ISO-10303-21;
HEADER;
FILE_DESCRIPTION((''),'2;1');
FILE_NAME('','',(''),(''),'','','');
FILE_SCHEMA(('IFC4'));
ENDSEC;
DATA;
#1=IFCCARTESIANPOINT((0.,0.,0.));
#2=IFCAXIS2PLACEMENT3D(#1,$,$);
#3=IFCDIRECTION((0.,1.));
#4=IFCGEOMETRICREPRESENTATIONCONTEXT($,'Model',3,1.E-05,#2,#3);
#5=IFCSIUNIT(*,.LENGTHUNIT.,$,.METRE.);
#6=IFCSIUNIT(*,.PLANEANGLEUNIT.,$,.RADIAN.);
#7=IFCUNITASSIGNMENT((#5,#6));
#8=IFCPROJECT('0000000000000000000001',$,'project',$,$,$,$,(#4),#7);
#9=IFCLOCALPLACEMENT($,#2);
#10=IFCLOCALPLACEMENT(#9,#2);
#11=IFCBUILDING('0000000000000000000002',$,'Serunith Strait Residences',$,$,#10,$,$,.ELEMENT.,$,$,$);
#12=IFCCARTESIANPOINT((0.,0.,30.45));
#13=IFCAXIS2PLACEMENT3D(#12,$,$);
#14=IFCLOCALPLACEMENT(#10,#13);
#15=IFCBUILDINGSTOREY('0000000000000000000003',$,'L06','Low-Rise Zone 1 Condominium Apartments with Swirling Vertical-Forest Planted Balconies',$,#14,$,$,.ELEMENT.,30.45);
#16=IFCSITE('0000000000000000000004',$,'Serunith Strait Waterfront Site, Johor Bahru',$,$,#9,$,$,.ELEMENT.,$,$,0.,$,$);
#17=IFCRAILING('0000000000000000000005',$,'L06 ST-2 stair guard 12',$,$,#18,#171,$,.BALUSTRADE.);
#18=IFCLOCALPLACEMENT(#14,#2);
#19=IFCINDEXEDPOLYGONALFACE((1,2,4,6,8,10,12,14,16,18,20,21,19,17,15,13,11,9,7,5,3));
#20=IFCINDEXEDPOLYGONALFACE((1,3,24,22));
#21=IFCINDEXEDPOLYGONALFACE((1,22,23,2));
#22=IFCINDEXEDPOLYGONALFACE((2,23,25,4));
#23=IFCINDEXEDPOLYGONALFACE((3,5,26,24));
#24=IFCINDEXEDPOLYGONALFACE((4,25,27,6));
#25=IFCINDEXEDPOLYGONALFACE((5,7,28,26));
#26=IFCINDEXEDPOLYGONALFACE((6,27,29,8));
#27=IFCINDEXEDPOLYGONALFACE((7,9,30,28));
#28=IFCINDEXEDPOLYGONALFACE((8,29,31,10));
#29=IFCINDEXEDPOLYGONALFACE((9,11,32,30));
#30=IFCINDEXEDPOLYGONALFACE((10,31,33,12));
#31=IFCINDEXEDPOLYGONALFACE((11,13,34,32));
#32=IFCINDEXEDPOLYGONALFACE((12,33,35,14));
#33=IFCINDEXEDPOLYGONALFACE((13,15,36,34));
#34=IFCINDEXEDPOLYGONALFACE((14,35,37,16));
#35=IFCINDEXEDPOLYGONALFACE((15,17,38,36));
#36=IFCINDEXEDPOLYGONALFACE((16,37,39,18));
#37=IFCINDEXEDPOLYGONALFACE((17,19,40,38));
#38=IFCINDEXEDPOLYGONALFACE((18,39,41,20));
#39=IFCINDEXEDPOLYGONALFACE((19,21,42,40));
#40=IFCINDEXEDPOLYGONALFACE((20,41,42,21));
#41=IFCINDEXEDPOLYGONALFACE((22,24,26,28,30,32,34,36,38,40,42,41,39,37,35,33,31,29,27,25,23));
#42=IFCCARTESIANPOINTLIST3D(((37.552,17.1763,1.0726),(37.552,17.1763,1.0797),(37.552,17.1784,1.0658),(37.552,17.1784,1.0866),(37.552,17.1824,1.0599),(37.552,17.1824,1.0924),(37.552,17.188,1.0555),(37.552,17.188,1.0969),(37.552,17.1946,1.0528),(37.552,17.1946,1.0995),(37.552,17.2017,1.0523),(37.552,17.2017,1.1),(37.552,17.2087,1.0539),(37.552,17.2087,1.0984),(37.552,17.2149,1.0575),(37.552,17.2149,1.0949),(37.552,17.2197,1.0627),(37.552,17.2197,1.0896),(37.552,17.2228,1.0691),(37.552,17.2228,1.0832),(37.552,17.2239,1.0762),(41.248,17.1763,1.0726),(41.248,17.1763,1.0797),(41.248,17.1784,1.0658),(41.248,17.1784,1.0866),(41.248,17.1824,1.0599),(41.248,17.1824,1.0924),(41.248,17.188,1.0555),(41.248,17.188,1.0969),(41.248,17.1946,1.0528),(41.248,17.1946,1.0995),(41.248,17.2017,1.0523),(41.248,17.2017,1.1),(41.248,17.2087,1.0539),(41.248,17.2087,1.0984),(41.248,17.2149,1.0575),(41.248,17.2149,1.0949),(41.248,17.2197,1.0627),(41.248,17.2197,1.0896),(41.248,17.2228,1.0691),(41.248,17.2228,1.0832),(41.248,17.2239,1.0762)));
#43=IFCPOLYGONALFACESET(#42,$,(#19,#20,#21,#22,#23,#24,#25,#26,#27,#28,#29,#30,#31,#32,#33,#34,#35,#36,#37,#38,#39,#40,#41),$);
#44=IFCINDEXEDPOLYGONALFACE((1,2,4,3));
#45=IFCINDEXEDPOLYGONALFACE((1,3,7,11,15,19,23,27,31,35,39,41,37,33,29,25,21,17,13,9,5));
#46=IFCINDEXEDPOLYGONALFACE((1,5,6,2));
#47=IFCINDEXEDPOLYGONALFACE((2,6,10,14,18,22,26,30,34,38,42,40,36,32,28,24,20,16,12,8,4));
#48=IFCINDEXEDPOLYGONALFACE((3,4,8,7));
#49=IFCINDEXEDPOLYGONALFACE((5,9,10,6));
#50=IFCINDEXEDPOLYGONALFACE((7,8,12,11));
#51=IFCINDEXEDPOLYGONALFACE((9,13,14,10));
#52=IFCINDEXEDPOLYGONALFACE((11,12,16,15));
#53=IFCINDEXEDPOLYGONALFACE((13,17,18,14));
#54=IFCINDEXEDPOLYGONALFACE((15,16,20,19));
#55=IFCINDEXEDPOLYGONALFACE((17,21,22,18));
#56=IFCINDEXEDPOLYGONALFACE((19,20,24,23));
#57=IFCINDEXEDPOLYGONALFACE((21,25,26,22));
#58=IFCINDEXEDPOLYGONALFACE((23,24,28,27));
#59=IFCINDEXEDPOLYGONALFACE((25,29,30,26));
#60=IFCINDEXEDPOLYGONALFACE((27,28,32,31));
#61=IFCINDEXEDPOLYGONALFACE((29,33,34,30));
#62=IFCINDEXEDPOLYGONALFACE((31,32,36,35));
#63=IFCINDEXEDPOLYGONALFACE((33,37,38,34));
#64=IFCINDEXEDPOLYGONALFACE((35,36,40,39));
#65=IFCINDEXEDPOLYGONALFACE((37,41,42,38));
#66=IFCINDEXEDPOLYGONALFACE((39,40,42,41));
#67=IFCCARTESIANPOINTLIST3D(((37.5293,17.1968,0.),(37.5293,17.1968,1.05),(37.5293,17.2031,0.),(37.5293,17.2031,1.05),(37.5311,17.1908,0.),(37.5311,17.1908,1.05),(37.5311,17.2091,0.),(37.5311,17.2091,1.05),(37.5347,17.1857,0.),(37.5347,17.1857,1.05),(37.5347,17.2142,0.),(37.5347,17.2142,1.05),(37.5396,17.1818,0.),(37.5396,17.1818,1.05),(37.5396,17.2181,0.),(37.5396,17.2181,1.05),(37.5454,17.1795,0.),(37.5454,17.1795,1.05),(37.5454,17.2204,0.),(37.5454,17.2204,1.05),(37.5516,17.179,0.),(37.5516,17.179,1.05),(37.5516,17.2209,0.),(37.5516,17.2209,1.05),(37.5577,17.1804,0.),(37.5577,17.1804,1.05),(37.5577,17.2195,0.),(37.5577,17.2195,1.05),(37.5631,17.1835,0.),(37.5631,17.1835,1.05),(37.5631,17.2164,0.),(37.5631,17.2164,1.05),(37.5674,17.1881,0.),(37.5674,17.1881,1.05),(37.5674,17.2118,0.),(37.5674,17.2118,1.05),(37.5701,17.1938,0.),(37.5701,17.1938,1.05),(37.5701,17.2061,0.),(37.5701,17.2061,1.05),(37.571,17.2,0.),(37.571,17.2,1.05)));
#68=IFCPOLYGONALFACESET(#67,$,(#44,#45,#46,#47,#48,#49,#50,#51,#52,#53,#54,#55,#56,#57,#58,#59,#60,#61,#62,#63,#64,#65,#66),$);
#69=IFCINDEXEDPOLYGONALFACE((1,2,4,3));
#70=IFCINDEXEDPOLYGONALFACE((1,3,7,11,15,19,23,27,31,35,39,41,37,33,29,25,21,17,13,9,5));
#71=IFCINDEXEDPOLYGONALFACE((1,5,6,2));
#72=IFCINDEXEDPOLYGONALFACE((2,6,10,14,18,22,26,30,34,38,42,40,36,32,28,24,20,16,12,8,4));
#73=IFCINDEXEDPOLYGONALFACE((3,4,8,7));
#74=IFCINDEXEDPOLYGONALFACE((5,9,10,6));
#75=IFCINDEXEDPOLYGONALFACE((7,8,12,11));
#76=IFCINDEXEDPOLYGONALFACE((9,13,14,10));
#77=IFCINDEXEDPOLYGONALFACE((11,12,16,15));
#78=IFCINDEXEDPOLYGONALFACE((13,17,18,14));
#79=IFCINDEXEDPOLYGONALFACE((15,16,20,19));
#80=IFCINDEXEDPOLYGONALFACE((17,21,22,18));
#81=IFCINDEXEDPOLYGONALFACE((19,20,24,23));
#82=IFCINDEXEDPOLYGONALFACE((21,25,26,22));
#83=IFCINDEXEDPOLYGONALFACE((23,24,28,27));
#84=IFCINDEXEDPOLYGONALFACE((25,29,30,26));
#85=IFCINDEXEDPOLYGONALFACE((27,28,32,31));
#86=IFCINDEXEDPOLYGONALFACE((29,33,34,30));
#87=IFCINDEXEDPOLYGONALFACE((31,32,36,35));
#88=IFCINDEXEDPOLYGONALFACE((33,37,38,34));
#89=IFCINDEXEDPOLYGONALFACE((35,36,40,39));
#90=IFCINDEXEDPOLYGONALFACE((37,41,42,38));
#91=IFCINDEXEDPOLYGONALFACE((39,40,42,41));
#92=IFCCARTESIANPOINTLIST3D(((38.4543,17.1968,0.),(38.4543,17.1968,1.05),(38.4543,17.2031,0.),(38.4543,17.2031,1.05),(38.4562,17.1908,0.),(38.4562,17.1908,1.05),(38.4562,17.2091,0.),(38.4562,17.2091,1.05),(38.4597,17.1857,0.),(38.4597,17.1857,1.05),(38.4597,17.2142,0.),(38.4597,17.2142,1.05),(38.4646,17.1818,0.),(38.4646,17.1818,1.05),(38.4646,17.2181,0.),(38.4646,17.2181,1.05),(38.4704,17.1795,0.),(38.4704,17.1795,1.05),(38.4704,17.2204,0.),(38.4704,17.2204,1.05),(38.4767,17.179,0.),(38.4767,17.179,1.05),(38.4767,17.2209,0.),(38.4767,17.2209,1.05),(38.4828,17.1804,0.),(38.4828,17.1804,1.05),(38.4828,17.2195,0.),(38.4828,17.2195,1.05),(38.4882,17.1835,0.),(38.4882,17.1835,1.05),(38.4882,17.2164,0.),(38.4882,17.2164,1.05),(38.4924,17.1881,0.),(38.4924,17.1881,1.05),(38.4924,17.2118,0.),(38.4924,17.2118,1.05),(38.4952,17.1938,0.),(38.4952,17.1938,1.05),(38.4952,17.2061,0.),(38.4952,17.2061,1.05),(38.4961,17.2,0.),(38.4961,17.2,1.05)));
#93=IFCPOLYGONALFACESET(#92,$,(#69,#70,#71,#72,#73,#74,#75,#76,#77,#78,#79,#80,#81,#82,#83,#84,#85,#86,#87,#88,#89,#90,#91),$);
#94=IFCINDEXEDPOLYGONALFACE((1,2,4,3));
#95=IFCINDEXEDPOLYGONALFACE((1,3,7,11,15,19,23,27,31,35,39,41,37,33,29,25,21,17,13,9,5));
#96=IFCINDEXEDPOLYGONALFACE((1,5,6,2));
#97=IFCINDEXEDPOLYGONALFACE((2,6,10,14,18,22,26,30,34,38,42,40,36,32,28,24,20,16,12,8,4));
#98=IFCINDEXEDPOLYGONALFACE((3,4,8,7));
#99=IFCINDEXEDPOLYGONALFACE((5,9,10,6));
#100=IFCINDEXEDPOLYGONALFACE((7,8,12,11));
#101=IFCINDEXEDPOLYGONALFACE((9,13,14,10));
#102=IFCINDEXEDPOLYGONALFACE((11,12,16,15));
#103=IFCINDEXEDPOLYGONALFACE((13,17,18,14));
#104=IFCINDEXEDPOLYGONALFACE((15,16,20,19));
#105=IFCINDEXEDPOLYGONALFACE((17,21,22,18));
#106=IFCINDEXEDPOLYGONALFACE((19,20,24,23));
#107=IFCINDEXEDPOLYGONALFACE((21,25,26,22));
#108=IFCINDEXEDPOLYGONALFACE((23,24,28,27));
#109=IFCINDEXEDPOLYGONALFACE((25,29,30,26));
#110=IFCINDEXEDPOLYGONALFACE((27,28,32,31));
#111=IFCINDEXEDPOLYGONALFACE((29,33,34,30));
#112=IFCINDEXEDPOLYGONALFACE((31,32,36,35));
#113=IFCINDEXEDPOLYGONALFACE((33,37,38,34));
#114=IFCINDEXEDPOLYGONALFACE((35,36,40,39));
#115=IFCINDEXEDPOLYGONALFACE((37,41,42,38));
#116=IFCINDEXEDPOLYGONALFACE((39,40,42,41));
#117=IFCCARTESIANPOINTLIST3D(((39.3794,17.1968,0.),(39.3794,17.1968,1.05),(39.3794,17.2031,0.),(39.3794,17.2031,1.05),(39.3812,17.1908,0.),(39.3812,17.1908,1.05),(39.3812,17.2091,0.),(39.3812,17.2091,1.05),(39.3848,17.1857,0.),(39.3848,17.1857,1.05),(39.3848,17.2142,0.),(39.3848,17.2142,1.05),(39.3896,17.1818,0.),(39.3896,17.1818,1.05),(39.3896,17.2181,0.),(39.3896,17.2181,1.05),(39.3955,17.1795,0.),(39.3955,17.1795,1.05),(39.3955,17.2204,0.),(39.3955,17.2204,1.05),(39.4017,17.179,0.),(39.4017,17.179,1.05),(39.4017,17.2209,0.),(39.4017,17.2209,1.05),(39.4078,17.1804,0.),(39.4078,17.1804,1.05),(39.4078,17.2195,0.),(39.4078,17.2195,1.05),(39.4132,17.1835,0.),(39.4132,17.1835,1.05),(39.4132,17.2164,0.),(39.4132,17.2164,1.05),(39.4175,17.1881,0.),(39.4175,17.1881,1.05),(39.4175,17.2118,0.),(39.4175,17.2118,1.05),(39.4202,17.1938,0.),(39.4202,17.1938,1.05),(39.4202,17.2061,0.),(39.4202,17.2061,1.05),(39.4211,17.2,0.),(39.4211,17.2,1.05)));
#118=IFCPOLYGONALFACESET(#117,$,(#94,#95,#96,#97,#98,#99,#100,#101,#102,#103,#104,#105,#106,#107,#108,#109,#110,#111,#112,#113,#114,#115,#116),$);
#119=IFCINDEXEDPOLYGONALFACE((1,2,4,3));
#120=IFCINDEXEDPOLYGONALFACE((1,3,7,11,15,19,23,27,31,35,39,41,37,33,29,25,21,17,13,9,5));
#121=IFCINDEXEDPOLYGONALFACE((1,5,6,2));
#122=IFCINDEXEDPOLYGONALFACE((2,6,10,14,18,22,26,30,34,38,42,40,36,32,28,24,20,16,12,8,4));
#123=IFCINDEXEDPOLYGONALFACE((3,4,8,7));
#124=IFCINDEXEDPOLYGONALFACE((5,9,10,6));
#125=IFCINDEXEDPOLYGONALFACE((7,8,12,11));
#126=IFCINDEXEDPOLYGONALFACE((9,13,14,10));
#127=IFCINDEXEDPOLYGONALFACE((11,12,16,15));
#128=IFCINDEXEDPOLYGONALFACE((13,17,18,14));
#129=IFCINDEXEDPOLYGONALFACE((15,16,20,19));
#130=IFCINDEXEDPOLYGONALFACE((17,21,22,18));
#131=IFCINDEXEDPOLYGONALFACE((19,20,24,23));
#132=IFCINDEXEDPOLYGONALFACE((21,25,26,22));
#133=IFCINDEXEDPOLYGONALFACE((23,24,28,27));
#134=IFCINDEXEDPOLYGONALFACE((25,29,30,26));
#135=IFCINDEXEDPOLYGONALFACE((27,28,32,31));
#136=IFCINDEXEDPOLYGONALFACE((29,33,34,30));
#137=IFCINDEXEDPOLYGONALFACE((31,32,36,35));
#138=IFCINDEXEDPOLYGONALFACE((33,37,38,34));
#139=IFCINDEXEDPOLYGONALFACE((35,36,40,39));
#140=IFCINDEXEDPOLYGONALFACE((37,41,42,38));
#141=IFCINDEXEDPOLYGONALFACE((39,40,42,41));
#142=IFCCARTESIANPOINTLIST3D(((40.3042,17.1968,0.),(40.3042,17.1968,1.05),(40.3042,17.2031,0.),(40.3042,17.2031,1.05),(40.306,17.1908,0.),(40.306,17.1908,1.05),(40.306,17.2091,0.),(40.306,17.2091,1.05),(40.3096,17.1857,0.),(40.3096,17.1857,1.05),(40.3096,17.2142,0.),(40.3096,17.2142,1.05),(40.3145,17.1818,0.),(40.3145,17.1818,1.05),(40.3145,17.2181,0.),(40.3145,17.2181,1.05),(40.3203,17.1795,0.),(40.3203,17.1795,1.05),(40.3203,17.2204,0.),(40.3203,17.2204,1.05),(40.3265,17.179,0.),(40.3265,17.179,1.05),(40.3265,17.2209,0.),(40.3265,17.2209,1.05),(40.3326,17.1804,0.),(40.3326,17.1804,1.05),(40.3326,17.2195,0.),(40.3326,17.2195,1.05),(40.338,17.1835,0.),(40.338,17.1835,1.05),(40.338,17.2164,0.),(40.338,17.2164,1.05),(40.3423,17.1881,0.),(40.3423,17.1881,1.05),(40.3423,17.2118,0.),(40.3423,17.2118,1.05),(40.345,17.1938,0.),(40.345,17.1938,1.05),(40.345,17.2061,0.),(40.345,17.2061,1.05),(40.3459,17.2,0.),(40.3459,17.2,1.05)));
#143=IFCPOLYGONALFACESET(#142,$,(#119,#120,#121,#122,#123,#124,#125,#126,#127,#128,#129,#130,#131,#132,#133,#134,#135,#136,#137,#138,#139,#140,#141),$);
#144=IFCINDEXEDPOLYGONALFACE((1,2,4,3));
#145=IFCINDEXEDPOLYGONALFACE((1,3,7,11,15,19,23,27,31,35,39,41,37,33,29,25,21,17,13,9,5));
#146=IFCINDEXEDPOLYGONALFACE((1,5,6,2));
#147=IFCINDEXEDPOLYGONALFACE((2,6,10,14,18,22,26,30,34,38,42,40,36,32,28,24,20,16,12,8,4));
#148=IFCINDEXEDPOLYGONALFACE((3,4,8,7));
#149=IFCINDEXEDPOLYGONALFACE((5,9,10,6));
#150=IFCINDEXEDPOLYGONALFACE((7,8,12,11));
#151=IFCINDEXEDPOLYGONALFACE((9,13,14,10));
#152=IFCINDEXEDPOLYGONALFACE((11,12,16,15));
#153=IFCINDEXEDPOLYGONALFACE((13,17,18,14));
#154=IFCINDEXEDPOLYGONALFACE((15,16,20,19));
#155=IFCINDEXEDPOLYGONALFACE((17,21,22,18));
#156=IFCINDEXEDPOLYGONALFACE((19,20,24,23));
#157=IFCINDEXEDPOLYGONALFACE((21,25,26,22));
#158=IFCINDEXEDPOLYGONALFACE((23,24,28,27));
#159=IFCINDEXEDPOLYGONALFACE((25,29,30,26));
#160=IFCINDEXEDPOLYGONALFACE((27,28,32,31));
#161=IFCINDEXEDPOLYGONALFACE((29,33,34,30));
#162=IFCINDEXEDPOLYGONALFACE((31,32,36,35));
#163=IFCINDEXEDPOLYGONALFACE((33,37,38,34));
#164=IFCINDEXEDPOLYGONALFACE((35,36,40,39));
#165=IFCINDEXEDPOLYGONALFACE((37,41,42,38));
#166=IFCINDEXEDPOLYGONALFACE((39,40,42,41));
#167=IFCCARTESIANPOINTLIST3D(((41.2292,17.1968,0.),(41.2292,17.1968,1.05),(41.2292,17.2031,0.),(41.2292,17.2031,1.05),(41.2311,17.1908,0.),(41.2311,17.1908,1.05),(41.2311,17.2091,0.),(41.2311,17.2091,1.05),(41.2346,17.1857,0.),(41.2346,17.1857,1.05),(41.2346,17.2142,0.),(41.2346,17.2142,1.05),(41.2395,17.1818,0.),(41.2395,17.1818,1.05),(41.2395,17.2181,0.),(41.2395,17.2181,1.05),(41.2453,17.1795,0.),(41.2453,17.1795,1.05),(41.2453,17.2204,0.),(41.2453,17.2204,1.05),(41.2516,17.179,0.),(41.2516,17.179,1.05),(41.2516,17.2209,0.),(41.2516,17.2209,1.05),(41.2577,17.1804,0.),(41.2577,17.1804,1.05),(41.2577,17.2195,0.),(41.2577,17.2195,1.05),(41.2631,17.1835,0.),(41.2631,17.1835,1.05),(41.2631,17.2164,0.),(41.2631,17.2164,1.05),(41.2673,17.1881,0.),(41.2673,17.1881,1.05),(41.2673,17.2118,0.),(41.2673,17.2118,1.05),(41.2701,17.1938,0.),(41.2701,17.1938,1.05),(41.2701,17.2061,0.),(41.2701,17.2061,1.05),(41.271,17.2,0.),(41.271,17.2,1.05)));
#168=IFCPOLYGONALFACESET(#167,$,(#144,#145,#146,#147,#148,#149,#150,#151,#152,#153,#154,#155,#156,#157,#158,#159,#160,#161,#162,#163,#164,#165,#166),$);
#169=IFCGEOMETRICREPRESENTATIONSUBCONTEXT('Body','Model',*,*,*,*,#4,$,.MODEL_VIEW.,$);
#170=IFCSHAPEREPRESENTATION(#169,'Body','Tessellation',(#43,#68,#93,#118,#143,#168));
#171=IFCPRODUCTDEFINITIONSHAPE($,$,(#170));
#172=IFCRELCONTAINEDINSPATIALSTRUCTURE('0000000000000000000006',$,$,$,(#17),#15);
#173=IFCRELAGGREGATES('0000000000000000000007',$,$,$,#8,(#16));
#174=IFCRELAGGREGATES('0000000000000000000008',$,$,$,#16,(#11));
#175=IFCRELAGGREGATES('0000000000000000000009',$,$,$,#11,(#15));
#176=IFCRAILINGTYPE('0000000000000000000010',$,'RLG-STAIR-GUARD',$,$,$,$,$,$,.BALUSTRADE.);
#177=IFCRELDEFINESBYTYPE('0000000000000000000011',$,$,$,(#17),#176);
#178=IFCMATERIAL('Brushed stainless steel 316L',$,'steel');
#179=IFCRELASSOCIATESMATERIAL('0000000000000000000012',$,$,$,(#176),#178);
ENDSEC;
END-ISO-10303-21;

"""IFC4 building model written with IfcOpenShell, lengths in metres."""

from ifc_helpers import new_model, si_unit, direction, frame, origin, origin_2d, place, context, subcontext, project, spatial, circle, extrude, material, type_object, element, save


model = new_model("IFC4")

# Units and contexts
model_context = context("Model", 3, precision=1e-05, world=origin(), true_north=direction((0.0, 1.0)))
body_context = subcontext(model_context, "Body", "Model", "MODEL_VIEW")
ifc_project = project(units=[si_unit("LENGTHUNIT", "METRE"), si_unit("PLANEANGLEUNIT", "RADIAN")], contexts=[model_context])

# Site, building, storey
site_placement = place(None, origin())
site = spatial("IfcSite", under=ifc_project, at=site_placement, Name="Serunith Strait Waterfront Site, Johor Bahru", CompositionType="ELEMENT", RefElevation=0.0)
building_placement = place(site_placement, origin())
building = spatial("IfcBuilding", under=site, at=building_placement, Name="Serunith Strait Residences", CompositionType="ELEMENT")
storey_placement = place(building_placement, frame((0.0, 0.0, 30.45)))
storey = spatial("IfcBuildingStorey", under=building, at=storey_placement, Name="L06", Description="Low-Rise Zone 1 Condominium Apartments with Swirling Vertical-Forest Planted Balconies", CompositionType="ELEMENT", Elevation=30.45)

# Railing
ifc_material_1 = material(Name="Brushed stainless steel 316L", Category="steel")
railing_type_1 = type_object("IfcRailingType", Name="RLG-STAIR-GUARD", PredefinedType="BALUSTRADE", material=ifc_material_1)
railing_1_placement = place(storey_placement, frame((37.55, 17.2, 0.0)))
element("IfcRailing", 1, at=railing_1_placement, inside=storey, type_object=railing_type_1, Name="L06 ST-2 stair guard 12", PredefinedType="BALUSTRADE", context=body_context, shape_type="SweptSolid", body=[
    extrude(circle(Radius=0.0239, at=origin_2d()), frame((0.002, 0.0, 1.0762), z_axis=(1.0, 0.0, 0.0), x_axis=(0.0, 1.0, 0.0)), (0.0, 0.0, 1.0), 3.696),
    extrude(circle(Radius=0.021, at=origin_2d()), origin(), (0.0, 0.0, 1.0), 1.05),
    extrude(circle(Radius=0.021, at=origin_2d()), frame((0.925, 0.0, 0.0)), (0.0, 0.0, 1.0), 1.05),
    extrude(circle(Radius=0.021, at=origin_2d()), frame((1.8501, 0.0, 0.0)), (0.0, 0.0, 1.0), 1.05),
    extrude(circle(Radius=0.021, at=origin_2d()), frame((2.7749, 0.0, 0.0)), (0.0, 0.0, 1.0), 1.05),
    extrude(circle(Radius=0.021, at=origin_2d()), frame((3.7, 0.0, 0.0)), (0.0, 0.0, 1.0), 1.05),
])

save(model, "model.ifc")
